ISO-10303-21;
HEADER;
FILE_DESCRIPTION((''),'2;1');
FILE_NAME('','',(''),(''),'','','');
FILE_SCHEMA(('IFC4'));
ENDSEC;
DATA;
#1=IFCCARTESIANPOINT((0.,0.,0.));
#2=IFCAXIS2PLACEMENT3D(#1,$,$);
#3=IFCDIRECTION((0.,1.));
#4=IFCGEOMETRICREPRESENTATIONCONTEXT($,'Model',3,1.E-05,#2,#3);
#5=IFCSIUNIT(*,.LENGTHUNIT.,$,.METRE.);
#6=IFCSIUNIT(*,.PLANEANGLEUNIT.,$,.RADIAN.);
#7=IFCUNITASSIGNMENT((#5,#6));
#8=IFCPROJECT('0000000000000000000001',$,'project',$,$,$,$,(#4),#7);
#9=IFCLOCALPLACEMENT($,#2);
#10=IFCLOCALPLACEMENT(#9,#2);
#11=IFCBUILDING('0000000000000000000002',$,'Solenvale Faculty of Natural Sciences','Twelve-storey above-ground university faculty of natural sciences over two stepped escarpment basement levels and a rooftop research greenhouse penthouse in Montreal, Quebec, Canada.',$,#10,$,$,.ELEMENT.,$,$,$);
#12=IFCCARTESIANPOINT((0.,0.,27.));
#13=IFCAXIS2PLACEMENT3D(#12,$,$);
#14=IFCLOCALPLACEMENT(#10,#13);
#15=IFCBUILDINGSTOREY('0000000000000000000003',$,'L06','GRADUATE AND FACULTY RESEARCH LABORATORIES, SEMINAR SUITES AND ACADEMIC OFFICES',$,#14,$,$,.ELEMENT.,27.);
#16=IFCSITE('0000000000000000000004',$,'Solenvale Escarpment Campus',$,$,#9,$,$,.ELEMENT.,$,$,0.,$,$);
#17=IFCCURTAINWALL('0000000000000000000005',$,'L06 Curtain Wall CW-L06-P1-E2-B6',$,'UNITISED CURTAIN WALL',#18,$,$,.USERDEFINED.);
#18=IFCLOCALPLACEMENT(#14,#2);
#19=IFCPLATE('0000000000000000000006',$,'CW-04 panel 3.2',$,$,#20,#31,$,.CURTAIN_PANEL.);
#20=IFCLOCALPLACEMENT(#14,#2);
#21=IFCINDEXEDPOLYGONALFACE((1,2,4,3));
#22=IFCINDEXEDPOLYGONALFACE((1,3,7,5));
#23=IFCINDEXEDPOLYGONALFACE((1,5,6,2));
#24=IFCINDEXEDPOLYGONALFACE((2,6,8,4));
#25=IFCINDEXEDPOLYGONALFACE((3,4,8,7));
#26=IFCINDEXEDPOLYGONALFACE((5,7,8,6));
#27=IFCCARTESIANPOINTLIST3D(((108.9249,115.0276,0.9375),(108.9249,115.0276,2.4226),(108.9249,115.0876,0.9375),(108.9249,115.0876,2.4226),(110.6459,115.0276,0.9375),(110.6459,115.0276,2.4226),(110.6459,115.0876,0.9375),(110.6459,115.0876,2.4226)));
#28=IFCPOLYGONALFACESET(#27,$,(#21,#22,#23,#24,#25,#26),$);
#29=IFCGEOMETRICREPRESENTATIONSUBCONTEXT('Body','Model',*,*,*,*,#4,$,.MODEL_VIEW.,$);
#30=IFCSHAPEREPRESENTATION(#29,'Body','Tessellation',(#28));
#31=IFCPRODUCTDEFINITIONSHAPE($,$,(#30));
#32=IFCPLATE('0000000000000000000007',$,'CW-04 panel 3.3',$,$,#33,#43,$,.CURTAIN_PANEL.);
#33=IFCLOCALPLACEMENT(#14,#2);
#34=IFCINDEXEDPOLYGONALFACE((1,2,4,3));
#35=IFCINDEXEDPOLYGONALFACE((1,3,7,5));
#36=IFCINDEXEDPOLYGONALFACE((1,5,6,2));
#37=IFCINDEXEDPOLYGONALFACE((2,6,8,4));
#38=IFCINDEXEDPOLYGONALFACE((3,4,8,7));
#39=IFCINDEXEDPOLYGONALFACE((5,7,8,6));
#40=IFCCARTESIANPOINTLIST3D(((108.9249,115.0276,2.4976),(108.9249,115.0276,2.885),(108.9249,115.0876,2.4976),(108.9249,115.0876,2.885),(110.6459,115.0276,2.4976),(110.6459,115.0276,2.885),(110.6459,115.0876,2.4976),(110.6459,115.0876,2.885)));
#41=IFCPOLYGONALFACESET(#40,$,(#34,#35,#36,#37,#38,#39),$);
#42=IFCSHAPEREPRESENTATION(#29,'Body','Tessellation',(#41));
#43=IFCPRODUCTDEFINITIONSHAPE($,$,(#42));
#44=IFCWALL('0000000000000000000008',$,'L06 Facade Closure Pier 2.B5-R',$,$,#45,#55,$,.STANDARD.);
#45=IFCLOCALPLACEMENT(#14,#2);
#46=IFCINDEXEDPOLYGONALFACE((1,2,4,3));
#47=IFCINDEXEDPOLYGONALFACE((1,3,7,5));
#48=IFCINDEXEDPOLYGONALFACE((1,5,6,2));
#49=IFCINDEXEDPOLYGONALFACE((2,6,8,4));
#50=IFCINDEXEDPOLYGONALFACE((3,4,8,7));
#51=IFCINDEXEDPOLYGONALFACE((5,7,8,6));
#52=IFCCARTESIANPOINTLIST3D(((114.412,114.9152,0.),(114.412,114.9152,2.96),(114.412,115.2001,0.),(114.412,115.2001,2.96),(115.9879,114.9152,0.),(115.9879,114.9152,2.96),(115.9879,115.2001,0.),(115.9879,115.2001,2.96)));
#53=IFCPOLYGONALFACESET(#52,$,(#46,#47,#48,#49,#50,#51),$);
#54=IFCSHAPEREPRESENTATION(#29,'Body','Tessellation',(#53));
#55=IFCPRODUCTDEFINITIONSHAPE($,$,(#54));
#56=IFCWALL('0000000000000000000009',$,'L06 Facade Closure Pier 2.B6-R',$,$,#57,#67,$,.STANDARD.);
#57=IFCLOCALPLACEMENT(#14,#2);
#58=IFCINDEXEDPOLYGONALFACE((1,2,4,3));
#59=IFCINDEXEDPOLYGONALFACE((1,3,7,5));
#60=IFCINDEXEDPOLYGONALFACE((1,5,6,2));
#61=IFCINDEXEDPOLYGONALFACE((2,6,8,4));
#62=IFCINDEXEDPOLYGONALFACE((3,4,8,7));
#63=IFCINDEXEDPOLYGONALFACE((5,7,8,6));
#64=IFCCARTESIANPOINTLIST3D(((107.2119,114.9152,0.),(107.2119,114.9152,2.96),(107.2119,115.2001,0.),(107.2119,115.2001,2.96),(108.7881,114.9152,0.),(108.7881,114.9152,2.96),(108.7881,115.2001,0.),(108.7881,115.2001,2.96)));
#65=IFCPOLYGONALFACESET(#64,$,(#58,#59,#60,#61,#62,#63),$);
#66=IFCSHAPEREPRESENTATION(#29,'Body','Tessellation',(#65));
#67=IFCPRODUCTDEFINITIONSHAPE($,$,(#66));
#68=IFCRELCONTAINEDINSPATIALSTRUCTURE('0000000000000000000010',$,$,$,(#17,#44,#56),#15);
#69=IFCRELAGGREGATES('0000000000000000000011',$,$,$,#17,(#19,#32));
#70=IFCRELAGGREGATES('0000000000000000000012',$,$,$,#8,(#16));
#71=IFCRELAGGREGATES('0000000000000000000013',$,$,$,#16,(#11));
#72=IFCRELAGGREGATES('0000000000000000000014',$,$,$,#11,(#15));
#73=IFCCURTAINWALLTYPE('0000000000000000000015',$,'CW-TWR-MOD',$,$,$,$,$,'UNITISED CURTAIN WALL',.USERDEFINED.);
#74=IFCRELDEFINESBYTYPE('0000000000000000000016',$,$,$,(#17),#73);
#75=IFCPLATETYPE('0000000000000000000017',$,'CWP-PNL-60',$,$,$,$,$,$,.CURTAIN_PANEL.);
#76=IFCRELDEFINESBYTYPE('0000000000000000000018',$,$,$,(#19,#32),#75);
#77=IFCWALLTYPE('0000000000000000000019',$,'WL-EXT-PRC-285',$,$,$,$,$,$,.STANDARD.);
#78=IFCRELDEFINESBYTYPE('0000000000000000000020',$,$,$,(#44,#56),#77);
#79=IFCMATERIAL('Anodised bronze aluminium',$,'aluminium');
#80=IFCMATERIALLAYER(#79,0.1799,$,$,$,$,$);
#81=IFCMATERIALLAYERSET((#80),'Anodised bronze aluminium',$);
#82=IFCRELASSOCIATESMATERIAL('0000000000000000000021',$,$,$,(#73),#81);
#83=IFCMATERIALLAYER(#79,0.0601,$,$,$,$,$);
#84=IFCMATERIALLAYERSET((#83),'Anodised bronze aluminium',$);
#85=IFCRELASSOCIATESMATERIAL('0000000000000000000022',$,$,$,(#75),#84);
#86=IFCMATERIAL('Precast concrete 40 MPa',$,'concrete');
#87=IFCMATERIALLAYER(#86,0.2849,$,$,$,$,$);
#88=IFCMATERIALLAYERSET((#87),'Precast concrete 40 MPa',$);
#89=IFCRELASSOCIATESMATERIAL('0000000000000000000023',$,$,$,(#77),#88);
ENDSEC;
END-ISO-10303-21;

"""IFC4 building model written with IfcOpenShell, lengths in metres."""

from ifc_helpers import new_model, si_unit, direction, frame, frame_2d, origin, origin_2d, place, context, subcontext, project, spatial, rectangle, extrude, material, layer, layer_set, type_object, element, aggregate, save


model = new_model("IFC4")

# Units and contexts
model_context = context("Model", 3, precision=1e-05, world=origin(), true_north=direction((0.0, 1.0)))
body_context = subcontext(model_context, "Body", "Model", "MODEL_VIEW")
ifc_project = project(units=[si_unit("LENGTHUNIT", "METRE"), si_unit("PLANEANGLEUNIT", "RADIAN")], contexts=[model_context])

# Site, building, storey
site_placement = place(None, origin())
site = spatial("IfcSite", under=ifc_project, at=site_placement, Name="Solenvale Escarpment Campus", CompositionType="ELEMENT", RefElevation=0.0)
building_placement = place(site_placement, origin())
building = spatial("IfcBuilding", under=site, at=building_placement, Name="Solenvale Faculty of Natural Sciences", Description="Twelve-storey above-ground university faculty of natural sciences over two stepped escarpment basement levels and a rooftop research greenhouse penthouse in Montreal, Quebec, Canada.", CompositionType="ELEMENT")
storey_placement = place(building_placement, frame((0.0, 0.0, 27.0)))
storey = spatial("IfcBuildingStorey", under=building, at=storey_placement, Name="L06", Description="GRADUATE AND FACULTY RESEARCH LABORATORIES, SEMINAR SUITES AND ACADEMIC OFFICES", CompositionType="ELEMENT", Elevation=27.0)

# Shared definitions
ifc_material_1 = material(Name="Precast concrete 40 MPa", Category="concrete")

# Shared definitions
ifc_material_2 = material(Name="Anodised bronze aluminium", Category="aluminium")
ifc_layer_1 = layer(ifc_material_2, 0.1799)
ifc_layer_set_1 = layer_set([ifc_layer_1], Name="Anodised bronze aluminium")
curtain_wall_type = type_object("IfcCurtainWallType", Name="CW-TWR-MOD", ElementType="UNITISED CURTAIN WALL", PredefinedType="USERDEFINED", material=ifc_layer_set_1)

# Curtain wall
curtain_wall_1_placement = place(storey_placement, origin())
curtain_wall_1 = element("IfcCurtainWall", 1, at=curtain_wall_1_placement, inside=storey, type_object=curtain_wall_type, Name="L06 Curtain Wall CW-L06-P1-E2-B6", ObjectType="UNITISED CURTAIN WALL", PredefinedType="USERDEFINED")

# Plates
ifc_layer_2 = layer(ifc_material_2, 0.0601)
ifc_layer_set_2 = layer_set([ifc_layer_2], Name="Anodised bronze aluminium")
plate_type = type_object("IfcPlateType", Name="CWP-PNL-60", PredefinedType="CURTAIN_PANEL", material=ifc_layer_set_2)
plate_1_placement = place(storey_placement, frame((109.7854, 115.0576, 0.9375), z_axis=(0.0, 0.0, 1.0), x_axis=(-1.0, 0.0, 0.0)))
plate_1 = element("IfcPlate", 2, at=plate_1_placement, type_object=plate_type, Name="CW-04 panel 3.2", PredefinedType="CURTAIN_PANEL", context=body_context, shape_type="SweptSolid", body=[
    extrude(rectangle(XDim=1.7209, YDim=0.0601, at=origin_2d()), origin(), (0.0, 0.0, 1.0), 1.4851),
])
plate_2_placement = place(storey_placement, frame((109.7854, 115.0576, 2.4976), z_axis=(0.0, 0.0, 1.0), x_axis=(-1.0, 0.0, 0.0)))
plate_2 = element("IfcPlate", 3, at=plate_2_placement, type_object=plate_type, Name="CW-04 panel 3.3", PredefinedType="CURTAIN_PANEL", context=body_context, shape_type="SweptSolid", body=[
    extrude(rectangle(XDim=1.7209, YDim=0.0601, at=origin_2d()), origin(), (0.0, 0.0, 1.0), 0.3875),
])
aggregate(curtain_wall_1, [plate_1, plate_2])

# Walls
ifc_layer_3 = layer(ifc_material_1, 0.2849)
ifc_layer_set_3 = layer_set([ifc_layer_3], Name="Precast concrete 40 MPa")
wall_type = type_object("IfcWallType", Name="WL-EXT-PRC-285", PredefinedType="STANDARD", material=ifc_layer_set_3)
wall_1_placement = place(storey_placement, frame((115.988, 115.0576, 0.0), z_axis=(0.0, 0.0, 1.0), x_axis=(-1.0, 0.0, 0.0)))
element("IfcWall", 4, at=wall_1_placement, inside=storey, type_object=wall_type, Name="L06 Facade Closure Pier 2.B5-R", PredefinedType="STANDARD", context=body_context, shape_type="SweptSolid", body=[
    extrude(rectangle(XDim=1.5759, YDim=0.2849, at=frame_2d((0.7881, 0.0))), origin(), (0.0, 0.0, 1.0), 2.96),
])
wall_2_placement = place(storey_placement, frame((108.7881, 115.0576, 0.0), z_axis=(0.0, 0.0, 1.0), x_axis=(-1.0, 0.0, 0.0)))
element("IfcWall", 5, at=wall_2_placement, inside=storey, type_object=wall_type, Name="L06 Facade Closure Pier 2.B6-R", PredefinedType="STANDARD", context=body_context, shape_type="SweptSolid", body=[
    extrude(rectangle(XDim=1.5762, YDim=0.2849, at=frame_2d((0.7881, 0.0))), origin(), (0.0, 0.0, 1.0), 2.96),
])

save(model, "model.ifc")
